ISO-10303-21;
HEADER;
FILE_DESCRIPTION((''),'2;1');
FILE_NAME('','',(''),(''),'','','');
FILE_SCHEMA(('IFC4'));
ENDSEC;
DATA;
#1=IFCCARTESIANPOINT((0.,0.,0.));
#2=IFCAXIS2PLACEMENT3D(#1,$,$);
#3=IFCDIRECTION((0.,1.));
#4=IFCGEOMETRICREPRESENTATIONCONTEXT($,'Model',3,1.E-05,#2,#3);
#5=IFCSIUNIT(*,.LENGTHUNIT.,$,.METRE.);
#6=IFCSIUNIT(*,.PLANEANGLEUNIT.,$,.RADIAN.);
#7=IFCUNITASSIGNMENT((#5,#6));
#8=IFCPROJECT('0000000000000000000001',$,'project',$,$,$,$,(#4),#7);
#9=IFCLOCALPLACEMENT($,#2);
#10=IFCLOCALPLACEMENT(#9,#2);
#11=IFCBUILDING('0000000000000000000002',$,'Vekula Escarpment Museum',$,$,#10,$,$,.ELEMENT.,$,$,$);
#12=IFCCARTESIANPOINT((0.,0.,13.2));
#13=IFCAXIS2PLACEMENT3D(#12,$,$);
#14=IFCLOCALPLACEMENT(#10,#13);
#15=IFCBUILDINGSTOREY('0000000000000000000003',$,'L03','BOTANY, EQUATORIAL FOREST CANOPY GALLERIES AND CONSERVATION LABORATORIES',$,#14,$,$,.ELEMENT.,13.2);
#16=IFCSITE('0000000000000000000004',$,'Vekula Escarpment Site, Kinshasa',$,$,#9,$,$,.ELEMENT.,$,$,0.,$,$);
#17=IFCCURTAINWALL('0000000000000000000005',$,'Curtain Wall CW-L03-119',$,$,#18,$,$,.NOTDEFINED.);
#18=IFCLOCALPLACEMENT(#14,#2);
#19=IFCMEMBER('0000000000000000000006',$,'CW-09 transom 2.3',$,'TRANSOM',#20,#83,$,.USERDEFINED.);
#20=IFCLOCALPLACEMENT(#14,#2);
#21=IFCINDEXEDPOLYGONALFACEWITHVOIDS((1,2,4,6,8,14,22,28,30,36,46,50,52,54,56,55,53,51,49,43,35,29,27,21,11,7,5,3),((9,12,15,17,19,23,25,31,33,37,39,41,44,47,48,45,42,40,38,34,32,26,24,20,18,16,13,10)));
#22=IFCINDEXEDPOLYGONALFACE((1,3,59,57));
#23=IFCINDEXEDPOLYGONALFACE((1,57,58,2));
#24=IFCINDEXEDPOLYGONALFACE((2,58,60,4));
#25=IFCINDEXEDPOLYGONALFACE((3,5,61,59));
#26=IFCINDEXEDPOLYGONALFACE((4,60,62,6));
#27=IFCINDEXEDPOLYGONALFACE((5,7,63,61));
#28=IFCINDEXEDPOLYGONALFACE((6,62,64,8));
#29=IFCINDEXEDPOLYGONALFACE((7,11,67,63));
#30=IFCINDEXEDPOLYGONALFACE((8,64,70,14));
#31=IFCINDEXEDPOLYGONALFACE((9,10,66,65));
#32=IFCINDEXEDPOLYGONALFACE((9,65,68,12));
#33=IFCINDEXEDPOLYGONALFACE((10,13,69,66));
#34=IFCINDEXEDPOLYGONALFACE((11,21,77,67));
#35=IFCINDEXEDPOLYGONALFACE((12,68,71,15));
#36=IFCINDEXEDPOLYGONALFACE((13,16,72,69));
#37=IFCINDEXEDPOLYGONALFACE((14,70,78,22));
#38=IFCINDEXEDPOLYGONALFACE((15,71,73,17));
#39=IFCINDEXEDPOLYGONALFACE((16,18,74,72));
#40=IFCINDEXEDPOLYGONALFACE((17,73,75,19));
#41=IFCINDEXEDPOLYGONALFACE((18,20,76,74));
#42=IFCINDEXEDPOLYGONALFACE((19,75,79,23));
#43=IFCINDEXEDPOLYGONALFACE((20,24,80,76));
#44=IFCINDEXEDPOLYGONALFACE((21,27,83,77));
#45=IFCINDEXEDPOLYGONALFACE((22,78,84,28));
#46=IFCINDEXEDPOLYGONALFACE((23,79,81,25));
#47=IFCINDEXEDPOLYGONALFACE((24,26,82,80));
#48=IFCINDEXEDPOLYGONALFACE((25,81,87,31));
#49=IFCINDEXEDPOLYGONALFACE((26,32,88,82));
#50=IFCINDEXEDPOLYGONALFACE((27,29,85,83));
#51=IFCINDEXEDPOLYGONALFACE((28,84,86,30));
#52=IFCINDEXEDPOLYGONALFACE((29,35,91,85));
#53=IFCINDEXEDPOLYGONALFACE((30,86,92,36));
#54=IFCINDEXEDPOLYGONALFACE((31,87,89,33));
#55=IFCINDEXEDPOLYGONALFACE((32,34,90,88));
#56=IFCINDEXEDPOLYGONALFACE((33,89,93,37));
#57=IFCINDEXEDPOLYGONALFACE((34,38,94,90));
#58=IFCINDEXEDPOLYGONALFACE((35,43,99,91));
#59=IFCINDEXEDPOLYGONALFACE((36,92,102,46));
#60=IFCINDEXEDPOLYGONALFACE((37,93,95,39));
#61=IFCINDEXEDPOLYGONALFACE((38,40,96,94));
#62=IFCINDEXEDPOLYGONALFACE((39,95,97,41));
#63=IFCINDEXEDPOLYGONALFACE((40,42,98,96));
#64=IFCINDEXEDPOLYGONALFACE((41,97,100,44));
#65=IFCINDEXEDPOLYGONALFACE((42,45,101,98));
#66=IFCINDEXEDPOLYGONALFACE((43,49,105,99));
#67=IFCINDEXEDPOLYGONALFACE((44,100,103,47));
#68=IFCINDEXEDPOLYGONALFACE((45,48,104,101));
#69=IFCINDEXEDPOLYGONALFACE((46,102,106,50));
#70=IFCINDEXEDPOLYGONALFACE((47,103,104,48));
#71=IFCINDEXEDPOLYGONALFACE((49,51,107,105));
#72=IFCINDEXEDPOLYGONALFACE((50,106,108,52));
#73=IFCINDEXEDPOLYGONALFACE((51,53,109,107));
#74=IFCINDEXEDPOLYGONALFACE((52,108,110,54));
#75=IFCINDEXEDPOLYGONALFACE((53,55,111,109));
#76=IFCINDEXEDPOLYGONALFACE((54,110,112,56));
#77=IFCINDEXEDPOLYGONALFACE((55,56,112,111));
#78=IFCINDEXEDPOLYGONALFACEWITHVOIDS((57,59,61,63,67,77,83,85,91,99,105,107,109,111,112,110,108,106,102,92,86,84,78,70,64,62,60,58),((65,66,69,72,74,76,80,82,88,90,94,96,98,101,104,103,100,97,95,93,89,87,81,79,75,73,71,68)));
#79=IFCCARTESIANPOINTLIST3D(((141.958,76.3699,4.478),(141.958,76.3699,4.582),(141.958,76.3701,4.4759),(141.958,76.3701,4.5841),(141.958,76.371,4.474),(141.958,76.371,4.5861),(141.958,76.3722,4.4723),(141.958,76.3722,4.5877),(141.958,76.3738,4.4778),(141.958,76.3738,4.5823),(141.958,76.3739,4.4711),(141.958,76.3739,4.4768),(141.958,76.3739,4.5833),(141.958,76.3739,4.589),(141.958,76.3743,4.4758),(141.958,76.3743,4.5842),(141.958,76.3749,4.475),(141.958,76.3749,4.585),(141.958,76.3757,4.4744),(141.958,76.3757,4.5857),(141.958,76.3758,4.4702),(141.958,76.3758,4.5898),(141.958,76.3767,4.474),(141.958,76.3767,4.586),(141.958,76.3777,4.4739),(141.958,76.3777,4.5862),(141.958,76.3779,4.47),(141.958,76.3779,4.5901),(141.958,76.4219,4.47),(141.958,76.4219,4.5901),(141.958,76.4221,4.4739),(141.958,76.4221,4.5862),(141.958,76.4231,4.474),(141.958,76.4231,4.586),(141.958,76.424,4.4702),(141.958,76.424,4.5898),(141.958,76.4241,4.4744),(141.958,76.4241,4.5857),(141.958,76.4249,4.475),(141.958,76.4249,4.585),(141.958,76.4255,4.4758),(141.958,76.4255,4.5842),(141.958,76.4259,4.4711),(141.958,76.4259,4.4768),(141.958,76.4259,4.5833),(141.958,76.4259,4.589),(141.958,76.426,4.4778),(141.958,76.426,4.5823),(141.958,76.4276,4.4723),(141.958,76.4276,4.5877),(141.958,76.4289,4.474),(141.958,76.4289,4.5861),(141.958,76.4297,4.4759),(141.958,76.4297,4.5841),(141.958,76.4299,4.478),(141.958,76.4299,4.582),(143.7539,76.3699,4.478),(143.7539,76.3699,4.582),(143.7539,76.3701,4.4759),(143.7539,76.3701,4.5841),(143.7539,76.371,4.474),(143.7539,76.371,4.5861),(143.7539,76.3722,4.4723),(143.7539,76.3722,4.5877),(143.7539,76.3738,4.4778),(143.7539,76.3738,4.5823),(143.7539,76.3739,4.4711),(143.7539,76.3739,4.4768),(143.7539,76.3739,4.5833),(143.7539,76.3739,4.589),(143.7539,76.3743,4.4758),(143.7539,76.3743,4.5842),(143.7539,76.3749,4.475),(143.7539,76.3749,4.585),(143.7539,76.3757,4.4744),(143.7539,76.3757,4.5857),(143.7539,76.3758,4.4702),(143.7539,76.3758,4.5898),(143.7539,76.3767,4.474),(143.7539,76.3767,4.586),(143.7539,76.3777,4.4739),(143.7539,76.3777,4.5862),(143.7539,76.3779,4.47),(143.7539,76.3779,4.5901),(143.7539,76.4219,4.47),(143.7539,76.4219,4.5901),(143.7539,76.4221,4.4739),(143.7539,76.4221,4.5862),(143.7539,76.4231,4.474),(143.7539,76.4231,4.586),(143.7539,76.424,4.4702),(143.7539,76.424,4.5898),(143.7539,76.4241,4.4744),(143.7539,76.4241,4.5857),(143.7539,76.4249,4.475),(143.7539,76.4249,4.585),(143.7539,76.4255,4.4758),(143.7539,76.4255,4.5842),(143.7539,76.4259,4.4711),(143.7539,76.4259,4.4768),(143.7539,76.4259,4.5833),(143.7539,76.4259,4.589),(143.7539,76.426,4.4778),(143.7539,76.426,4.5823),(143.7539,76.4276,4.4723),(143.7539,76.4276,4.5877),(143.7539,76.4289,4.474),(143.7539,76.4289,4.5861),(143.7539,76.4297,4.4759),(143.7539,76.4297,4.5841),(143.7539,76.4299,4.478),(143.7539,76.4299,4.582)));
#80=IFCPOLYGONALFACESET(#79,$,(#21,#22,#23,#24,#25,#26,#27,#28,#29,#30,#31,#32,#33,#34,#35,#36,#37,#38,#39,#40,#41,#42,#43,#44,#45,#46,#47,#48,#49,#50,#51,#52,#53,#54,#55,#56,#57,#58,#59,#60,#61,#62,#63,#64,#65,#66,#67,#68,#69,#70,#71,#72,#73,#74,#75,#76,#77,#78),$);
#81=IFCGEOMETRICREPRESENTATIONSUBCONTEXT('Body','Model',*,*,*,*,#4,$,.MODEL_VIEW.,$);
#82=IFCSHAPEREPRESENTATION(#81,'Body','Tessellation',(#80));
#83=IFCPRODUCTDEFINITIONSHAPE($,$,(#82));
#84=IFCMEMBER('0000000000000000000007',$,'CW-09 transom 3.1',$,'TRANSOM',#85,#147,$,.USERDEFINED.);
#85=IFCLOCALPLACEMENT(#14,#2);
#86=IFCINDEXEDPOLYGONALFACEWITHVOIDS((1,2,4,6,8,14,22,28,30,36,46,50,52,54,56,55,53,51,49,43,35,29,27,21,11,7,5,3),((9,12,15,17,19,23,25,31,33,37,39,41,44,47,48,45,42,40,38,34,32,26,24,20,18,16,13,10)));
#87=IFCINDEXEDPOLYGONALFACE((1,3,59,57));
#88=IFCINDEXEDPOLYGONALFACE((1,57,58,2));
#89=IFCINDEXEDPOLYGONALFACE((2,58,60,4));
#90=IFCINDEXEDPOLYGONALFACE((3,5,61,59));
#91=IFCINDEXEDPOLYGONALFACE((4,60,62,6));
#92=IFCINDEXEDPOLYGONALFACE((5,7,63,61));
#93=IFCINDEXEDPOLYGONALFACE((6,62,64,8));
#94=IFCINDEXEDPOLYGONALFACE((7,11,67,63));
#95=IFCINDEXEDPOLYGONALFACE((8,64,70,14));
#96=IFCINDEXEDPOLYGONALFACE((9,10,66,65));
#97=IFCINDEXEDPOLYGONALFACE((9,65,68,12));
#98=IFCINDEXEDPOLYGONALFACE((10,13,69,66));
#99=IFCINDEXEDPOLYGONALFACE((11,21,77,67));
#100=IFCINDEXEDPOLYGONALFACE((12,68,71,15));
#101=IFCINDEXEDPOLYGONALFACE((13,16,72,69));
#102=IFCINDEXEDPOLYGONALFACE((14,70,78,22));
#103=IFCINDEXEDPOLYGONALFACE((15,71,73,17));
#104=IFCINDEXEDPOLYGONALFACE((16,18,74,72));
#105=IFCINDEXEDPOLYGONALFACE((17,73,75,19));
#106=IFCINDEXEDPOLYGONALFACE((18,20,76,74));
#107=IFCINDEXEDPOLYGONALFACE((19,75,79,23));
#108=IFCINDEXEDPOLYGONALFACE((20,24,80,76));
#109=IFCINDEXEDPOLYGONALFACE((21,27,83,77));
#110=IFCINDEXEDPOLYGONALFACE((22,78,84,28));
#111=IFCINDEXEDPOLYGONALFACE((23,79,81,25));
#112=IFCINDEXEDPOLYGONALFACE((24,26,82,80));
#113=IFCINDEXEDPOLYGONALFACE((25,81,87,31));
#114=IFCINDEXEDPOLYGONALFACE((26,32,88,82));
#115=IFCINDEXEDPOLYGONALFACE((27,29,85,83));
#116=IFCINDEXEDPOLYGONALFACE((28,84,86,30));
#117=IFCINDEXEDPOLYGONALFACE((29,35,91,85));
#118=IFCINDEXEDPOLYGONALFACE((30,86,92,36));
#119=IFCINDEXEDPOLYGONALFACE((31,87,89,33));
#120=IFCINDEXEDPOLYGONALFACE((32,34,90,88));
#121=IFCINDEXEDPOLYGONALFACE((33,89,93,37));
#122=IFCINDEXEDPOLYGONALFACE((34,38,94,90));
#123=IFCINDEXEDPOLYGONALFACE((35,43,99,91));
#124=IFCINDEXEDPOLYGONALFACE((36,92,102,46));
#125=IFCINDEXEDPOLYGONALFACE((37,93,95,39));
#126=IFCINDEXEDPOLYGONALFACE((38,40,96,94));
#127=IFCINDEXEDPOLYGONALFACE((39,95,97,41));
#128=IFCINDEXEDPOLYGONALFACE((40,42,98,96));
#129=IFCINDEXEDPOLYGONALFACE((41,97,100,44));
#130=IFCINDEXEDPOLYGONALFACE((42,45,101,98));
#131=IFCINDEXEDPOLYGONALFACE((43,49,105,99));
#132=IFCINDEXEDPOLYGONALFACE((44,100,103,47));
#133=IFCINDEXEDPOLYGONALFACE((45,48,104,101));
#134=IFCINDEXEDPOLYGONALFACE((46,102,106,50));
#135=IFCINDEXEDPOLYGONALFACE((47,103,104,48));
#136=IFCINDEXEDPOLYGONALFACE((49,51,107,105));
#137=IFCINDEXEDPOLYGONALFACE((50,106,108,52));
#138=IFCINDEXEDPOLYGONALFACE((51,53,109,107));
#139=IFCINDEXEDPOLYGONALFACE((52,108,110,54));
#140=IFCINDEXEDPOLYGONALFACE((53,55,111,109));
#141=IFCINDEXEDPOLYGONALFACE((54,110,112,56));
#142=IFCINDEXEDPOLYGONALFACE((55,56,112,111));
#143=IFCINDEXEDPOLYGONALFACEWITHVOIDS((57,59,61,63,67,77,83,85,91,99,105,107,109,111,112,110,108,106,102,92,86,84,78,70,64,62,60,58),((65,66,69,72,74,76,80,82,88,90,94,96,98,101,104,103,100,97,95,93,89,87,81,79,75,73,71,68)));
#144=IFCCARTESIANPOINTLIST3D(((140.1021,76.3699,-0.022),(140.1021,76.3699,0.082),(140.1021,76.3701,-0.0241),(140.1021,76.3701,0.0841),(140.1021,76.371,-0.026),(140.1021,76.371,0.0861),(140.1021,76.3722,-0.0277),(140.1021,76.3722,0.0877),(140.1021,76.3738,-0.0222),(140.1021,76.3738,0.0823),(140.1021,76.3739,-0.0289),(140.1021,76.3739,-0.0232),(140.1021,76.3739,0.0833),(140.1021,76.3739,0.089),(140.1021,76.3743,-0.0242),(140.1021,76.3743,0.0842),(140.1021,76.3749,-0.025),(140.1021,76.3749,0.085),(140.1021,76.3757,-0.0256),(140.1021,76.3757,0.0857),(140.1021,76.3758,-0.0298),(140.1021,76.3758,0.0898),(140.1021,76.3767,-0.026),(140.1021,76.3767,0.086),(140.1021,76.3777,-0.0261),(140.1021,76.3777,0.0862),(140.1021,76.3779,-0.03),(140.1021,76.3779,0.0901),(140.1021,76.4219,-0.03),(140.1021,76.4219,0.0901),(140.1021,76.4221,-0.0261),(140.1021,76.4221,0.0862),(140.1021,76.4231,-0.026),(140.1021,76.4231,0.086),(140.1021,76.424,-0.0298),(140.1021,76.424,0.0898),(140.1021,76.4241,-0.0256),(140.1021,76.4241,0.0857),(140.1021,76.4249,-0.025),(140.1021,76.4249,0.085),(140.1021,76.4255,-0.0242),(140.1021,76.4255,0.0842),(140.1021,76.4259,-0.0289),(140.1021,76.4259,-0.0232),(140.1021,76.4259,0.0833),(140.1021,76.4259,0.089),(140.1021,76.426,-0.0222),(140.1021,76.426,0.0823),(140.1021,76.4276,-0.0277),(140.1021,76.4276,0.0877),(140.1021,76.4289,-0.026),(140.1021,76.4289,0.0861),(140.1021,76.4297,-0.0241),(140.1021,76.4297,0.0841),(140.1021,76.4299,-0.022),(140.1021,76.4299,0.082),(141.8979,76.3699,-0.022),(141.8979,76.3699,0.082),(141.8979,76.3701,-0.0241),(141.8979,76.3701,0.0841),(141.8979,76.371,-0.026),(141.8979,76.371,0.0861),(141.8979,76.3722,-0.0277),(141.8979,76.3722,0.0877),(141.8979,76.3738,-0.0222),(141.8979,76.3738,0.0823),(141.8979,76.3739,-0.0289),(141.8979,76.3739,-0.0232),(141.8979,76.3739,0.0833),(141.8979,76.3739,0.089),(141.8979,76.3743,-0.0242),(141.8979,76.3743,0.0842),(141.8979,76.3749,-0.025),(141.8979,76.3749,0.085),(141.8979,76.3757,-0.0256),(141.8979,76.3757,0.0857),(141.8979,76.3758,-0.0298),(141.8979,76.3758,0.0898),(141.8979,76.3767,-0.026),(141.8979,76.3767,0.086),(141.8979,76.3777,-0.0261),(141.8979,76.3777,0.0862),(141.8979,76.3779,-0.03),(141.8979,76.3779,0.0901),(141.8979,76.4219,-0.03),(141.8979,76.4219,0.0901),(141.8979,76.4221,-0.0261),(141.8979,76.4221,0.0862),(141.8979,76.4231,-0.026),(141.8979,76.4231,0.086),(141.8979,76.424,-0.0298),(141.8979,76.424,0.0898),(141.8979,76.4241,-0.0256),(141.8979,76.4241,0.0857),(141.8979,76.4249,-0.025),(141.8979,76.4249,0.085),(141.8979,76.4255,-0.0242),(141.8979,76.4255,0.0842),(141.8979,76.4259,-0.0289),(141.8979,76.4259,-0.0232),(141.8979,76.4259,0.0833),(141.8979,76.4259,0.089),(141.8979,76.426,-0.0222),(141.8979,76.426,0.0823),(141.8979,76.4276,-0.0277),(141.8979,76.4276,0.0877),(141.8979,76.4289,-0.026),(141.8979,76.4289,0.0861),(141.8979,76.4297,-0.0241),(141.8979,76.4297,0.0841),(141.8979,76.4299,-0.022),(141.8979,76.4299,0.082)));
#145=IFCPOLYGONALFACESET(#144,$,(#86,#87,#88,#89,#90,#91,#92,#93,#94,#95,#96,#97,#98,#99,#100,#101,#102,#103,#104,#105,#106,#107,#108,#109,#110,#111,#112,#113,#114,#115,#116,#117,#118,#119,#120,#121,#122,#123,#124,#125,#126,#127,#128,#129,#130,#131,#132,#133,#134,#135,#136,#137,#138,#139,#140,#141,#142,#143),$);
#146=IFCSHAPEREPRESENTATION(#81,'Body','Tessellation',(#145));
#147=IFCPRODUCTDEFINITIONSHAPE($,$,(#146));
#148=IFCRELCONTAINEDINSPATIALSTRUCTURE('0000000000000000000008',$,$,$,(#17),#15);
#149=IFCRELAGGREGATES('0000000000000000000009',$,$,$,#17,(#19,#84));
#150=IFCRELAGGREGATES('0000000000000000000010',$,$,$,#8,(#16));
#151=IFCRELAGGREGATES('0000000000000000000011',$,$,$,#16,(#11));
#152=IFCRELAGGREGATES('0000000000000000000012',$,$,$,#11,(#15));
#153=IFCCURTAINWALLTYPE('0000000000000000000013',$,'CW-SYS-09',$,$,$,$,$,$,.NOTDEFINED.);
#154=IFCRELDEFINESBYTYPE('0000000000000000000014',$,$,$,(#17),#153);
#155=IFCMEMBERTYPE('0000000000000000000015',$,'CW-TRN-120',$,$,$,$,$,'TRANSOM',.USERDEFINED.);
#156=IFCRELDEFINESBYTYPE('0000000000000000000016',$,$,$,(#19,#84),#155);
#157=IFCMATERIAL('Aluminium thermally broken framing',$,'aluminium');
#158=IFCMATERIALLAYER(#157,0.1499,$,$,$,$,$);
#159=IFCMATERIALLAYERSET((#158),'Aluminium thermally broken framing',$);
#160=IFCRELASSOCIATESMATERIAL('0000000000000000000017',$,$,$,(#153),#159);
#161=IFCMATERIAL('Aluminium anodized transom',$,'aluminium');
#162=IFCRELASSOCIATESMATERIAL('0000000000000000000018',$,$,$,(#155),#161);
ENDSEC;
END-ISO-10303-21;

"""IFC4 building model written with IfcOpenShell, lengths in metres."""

from ifc_helpers import new_model, si_unit, direction, frame, origin, origin_2d, place, context, subcontext, project, spatial, hollow_rectangle, extrude, material, layer, layer_set, material_profile, profile_set, type_object, element, aggregate, save


model = new_model("IFC4")

# Units and contexts
model_context = context("Model", 3, precision=1e-05, world=origin(), true_north=direction((0.0, 1.0)))
body_context = subcontext(model_context, "Body", "Model", "MODEL_VIEW")
ifc_project = project(units=[si_unit("LENGTHUNIT", "METRE"), si_unit("PLANEANGLEUNIT", "RADIAN")], contexts=[model_context])

# Site, building, storey
site_placement = place(None, origin())
site = spatial("IfcSite", under=ifc_project, at=site_placement, Name="Vekula Escarpment Site, Kinshasa", CompositionType="ELEMENT", RefElevation=0.0)
building_placement = place(site_placement, origin())
building = spatial("IfcBuilding", under=site, at=building_placement, Name="Vekula Escarpment Museum", CompositionType="ELEMENT")
storey_placement = place(building_placement, frame((0.0, 0.0, 13.2)))
storey = spatial("IfcBuildingStorey", under=building, at=storey_placement, Name="L03", Description="BOTANY, EQUATORIAL FOREST CANOPY GALLERIES AND CONSERVATION LABORATORIES", CompositionType="ELEMENT", Elevation=13.2)

# Curtain wall
ifc_material_1 = material(Name="Aluminium thermally broken framing", Category="aluminium")
ifc_layer_1 = layer(ifc_material_1, 0.1499)
ifc_layer_set_1 = layer_set([ifc_layer_1], Name="Aluminium thermally broken framing")
curtain_wall_type_1 = type_object("IfcCurtainWallType", Name="CW-SYS-09", PredefinedType="NOTDEFINED", material=ifc_layer_set_1)
curtain_wall_1_placement = place(storey_placement, origin())
curtain_wall_1 = element("IfcCurtainWall", 1, at=curtain_wall_1_placement, inside=storey, type_object=curtain_wall_type_1, Name="Curtain Wall CW-L03-119", PredefinedType="NOTDEFINED")

# Members
ifc_material_2 = material(Name="Aluminium anodized transom", Category="aluminium")
ifc_material_profile_1 = material_profile(ifc_material_2, hollow_rectangle(XDim=0.0601, YDim=0.1201, WallThickness=0.0039, InnerFilletRadius=0.0039, OuterFilletRadius=0.0081, at=origin_2d()), Name="ALU 120x60x4")
ifc_profile_set_1 = profile_set([ifc_material_profile_1], Name="Aluminium anodized transom")
member_type_1 = type_object("IfcMemberType", Name="CW-TRN-120", ElementType="TRANSOM", PredefinedType="USERDEFINED", material=ifc_profile_set_1)
member_1_placement = place(storey_placement, frame((143.7539, 76.3999, 4.53), z_axis=(-1.0, 0.0, 0.0), x_axis=(0.0, -1.0, 0.0)))
member_1 = element("IfcMember", 2, at=member_1_placement, type_object=member_type_1, Name="CW-09 transom 2.3", ObjectType="TRANSOM", PredefinedType="USERDEFINED", context=body_context, shape_type="SweptSolid", body=[
    extrude(hollow_rectangle(XDim=0.0601, YDim=0.1201, WallThickness=0.0039, InnerFilletRadius=0.0039, OuterFilletRadius=0.0081, at=origin_2d()), origin(), (0.0, 0.0, 1.0), 1.7959),
])
member_2_placement = place(storey_placement, frame((141.8979, 76.3999, 0.03), z_axis=(-1.0, 0.0, 0.0), x_axis=(0.0, -1.0, 0.0)))
member_2 = element("IfcMember", 3, at=member_2_placement, type_object=member_type_1, Name="CW-09 transom 3.1", ObjectType="TRANSOM", PredefinedType="USERDEFINED", context=body_context, shape_type="SweptSolid", body=[
    extrude(hollow_rectangle(XDim=0.0601, YDim=0.1201, WallThickness=0.0039, InnerFilletRadius=0.0039, OuterFilletRadius=0.0081, at=origin_2d()), origin(), (0.0, 0.0, 1.0), 1.7959),
])

aggregate(curtain_wall_1, [member_1, member_2])

save(model, "model.ifc")
